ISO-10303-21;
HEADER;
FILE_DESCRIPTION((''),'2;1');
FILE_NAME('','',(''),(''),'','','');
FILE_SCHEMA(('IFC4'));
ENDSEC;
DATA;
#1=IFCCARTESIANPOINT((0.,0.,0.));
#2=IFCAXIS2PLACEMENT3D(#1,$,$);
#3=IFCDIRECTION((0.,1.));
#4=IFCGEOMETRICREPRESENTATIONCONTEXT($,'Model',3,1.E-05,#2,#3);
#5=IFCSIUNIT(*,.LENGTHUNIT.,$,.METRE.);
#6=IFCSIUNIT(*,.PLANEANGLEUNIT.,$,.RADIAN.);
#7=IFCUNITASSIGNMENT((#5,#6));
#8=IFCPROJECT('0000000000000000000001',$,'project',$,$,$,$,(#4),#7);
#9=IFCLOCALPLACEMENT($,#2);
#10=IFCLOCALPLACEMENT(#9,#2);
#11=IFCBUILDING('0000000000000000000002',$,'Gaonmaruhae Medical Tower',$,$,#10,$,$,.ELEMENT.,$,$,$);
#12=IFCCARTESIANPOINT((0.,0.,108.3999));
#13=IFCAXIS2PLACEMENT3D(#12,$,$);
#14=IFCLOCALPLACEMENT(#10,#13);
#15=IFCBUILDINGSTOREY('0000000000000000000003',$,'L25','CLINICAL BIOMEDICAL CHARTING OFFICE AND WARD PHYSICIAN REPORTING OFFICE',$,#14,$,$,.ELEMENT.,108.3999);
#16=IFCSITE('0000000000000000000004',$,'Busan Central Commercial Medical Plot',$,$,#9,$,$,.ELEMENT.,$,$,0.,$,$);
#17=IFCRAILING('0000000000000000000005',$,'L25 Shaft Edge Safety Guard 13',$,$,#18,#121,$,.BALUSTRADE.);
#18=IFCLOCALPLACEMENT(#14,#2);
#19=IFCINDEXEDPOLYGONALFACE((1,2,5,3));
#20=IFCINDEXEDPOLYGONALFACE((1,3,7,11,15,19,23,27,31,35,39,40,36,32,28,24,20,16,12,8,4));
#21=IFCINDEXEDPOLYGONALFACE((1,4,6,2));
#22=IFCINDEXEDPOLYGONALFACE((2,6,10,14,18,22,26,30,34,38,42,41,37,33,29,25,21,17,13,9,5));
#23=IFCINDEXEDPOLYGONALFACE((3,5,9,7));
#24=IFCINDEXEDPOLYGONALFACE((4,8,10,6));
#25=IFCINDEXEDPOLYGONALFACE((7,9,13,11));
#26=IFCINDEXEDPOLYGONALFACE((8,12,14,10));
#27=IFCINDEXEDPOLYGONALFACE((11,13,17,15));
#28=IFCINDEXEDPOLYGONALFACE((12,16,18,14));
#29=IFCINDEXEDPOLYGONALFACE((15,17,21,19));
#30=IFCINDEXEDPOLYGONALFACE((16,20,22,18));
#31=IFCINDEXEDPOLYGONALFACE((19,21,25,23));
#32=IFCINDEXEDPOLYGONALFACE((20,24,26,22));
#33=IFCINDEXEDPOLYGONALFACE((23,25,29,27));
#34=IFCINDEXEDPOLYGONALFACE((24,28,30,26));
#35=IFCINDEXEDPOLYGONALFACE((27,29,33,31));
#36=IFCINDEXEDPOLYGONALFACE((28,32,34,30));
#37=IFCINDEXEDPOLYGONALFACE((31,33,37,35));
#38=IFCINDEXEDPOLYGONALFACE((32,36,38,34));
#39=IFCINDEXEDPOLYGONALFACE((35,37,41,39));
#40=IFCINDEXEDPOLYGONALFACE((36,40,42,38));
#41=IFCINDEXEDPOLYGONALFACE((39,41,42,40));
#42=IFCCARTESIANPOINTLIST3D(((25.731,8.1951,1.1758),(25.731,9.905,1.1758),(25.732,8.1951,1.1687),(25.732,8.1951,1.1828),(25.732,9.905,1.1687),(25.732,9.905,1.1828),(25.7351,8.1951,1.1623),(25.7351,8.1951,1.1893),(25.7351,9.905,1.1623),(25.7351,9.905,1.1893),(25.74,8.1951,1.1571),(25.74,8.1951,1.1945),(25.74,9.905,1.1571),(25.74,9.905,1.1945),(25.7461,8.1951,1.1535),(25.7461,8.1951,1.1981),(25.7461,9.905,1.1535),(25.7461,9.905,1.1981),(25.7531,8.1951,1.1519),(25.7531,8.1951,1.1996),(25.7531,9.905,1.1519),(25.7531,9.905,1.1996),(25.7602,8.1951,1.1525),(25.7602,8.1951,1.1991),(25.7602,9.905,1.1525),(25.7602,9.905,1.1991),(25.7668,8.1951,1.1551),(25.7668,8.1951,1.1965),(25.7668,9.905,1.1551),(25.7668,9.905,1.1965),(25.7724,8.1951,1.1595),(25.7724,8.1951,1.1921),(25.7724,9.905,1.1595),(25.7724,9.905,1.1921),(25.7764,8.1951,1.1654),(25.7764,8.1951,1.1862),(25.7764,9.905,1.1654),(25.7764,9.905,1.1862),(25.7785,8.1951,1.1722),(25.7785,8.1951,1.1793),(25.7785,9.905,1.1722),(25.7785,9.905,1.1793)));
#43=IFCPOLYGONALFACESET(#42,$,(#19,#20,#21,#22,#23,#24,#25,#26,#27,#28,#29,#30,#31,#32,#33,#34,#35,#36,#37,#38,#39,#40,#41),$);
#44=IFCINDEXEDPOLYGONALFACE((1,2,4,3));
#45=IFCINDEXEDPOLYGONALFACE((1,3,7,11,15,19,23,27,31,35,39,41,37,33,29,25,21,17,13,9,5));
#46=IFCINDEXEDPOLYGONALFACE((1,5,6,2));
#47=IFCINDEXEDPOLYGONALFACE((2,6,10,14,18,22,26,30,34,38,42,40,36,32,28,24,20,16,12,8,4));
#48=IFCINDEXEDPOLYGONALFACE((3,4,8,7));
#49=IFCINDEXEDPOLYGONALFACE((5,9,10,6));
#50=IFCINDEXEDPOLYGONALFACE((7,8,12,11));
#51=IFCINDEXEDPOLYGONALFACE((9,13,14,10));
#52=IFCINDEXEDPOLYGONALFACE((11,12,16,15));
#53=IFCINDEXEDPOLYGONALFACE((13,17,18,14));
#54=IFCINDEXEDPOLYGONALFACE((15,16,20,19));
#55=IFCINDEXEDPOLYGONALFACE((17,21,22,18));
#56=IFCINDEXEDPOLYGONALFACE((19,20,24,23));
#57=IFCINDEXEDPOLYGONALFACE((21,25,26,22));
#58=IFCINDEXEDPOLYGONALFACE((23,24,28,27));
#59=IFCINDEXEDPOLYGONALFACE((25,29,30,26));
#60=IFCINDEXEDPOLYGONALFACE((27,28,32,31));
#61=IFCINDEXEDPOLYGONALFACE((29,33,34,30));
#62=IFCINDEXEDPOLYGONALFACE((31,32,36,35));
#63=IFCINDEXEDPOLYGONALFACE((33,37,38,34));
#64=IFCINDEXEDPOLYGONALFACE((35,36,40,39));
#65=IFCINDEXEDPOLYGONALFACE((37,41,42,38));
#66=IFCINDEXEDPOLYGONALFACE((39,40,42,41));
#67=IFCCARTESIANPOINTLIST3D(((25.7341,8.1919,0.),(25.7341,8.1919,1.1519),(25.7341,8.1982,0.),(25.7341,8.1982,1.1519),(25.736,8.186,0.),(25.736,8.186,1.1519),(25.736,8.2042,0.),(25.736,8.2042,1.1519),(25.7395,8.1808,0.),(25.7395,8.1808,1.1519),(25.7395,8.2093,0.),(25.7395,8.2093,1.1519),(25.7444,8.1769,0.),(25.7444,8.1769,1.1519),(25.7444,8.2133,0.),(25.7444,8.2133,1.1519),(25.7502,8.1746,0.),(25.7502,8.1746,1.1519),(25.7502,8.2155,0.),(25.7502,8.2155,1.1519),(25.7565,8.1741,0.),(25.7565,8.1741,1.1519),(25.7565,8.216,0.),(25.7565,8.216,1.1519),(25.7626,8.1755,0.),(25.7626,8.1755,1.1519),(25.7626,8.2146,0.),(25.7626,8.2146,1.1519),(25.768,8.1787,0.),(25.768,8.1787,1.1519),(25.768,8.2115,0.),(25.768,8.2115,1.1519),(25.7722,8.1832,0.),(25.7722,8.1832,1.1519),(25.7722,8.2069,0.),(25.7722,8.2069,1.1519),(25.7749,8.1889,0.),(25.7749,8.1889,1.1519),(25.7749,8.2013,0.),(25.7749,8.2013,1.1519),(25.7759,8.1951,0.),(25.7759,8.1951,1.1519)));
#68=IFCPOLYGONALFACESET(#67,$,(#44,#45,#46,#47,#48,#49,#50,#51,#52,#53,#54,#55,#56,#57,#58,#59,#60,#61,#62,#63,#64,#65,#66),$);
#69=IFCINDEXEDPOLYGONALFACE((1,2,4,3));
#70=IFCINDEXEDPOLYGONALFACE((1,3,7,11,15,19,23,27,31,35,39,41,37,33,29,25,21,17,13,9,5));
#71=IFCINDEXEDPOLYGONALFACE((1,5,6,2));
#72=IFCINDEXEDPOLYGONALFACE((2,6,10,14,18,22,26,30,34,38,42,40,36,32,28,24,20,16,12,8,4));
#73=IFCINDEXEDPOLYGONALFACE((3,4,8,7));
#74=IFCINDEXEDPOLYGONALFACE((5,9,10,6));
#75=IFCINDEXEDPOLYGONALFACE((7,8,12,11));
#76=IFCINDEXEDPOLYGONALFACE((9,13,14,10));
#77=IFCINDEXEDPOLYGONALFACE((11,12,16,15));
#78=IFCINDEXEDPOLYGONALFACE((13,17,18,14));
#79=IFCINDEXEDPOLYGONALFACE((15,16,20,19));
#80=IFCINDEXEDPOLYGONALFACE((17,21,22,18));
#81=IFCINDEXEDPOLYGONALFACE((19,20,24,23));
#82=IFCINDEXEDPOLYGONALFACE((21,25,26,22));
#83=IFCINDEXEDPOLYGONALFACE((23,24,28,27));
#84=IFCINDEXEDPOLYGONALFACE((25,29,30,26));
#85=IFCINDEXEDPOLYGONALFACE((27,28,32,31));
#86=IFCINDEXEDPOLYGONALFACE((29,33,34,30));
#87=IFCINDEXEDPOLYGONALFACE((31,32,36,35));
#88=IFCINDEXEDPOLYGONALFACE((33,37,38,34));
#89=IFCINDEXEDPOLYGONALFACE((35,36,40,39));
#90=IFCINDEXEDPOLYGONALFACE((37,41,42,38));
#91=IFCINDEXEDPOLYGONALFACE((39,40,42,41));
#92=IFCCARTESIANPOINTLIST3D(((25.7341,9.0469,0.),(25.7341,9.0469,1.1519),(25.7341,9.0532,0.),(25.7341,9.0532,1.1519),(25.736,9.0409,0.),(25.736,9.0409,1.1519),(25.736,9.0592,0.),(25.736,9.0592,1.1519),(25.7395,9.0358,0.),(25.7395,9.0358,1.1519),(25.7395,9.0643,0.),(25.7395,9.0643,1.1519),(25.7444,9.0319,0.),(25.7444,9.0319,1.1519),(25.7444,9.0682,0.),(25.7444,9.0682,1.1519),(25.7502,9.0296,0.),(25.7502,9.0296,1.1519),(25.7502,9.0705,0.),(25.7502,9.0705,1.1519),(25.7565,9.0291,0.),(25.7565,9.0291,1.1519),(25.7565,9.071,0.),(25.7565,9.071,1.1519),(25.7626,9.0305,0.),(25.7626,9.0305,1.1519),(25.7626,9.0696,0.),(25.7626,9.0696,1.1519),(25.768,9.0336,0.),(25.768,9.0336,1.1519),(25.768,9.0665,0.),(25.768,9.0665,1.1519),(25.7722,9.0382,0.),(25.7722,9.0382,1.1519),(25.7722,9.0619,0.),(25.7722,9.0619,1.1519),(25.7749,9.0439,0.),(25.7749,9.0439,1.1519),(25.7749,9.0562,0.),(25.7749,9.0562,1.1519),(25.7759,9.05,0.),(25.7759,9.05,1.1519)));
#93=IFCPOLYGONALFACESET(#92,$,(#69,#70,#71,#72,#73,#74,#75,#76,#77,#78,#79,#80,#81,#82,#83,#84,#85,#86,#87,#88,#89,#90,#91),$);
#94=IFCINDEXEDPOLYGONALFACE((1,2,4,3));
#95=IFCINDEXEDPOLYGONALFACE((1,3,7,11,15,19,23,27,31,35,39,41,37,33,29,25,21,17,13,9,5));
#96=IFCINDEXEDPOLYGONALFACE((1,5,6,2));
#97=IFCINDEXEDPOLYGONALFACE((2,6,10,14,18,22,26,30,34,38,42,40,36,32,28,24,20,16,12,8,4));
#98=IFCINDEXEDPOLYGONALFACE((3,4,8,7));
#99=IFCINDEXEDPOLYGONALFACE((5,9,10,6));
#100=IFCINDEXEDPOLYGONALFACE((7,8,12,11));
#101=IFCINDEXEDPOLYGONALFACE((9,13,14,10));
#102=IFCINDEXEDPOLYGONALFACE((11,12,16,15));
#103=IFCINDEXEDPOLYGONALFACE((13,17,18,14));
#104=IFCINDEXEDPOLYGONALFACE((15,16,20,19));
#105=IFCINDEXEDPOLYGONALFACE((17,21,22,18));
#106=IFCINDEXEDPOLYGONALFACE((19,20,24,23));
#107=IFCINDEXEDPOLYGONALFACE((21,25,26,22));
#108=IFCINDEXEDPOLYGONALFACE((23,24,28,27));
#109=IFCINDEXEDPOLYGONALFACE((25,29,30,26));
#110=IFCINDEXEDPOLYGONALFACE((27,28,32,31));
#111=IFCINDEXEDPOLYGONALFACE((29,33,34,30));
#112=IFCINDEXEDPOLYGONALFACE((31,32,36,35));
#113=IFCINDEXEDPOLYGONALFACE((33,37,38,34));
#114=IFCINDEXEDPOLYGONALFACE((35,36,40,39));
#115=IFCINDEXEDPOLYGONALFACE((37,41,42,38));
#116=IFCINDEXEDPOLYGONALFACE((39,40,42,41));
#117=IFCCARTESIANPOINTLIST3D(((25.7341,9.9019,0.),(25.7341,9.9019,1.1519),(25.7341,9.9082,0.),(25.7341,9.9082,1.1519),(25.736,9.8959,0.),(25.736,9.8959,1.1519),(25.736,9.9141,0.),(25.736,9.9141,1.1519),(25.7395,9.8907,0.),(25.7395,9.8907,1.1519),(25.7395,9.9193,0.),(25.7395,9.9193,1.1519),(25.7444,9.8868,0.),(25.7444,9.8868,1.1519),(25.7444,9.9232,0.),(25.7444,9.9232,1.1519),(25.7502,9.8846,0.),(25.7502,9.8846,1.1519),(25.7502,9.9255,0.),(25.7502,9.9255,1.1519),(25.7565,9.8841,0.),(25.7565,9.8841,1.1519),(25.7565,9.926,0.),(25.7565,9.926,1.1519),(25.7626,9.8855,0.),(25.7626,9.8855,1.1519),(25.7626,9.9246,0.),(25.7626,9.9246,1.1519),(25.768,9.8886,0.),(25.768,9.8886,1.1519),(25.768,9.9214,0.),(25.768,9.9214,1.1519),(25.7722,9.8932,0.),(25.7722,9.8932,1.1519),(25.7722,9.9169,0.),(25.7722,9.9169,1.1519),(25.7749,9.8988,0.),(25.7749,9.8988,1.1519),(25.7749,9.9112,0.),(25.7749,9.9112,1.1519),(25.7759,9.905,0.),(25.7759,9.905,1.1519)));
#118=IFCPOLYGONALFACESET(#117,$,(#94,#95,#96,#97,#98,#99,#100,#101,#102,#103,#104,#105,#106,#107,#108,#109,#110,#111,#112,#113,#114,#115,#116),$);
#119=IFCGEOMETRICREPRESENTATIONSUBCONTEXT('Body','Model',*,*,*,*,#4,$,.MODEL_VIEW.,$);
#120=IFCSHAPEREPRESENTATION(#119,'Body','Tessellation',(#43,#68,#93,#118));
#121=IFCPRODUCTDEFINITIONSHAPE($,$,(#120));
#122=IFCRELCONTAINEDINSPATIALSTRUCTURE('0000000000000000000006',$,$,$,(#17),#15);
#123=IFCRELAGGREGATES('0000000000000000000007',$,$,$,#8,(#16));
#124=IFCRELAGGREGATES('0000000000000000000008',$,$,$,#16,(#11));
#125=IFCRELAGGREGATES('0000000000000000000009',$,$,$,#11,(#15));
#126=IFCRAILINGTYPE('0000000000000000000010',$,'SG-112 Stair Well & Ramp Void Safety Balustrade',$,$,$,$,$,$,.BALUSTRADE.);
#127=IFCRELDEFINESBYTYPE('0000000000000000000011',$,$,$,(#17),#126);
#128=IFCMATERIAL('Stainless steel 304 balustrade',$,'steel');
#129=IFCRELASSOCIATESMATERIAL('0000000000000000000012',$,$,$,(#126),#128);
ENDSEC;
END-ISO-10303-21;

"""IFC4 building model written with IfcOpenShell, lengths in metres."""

from ifc_helpers import new_model, si_unit, direction, frame, origin, origin_2d, place, context, subcontext, project, spatial, circle, extrude, material, type_object, element, save


model = new_model("IFC4")

# Units and contexts
model_context = context("Model", 3, precision=1e-05, world=origin(), true_north=direction((0.0, 1.0)))
body_context = subcontext(model_context, "Body", "Model", "MODEL_VIEW")
ifc_project = project(units=[si_unit("LENGTHUNIT", "METRE"), si_unit("PLANEANGLEUNIT", "RADIAN")], contexts=[model_context])

# Site, building, storey
site_placement = place(None, origin())
site = spatial("IfcSite", under=ifc_project, at=site_placement, Name="Busan Central Commercial Medical Plot", CompositionType="ELEMENT", RefElevation=0.0)
building_placement = place(site_placement, origin())
building = spatial("IfcBuilding", under=site, at=building_placement, Name="Gaonmaruhae Medical Tower", CompositionType="ELEMENT")
storey_placement = place(building_placement, frame((0.0, 0.0, 108.3999)))
storey = spatial("IfcBuildingStorey", under=building, at=storey_placement, Name="L25", Description="CLINICAL BIOMEDICAL CHARTING OFFICE AND WARD PHYSICIAN REPORTING OFFICE", CompositionType="ELEMENT", Elevation=108.3999)

# Railing
ifc_material_1 = material(Name="Stainless steel 304 balustrade", Category="steel")
railing_type_1 = type_object("IfcRailingType", Name="SG-112 Stair Well & Ramp Void Safety Balustrade", PredefinedType="BALUSTRADE", material=ifc_material_1)
railing_1_placement = place(storey_placement, frame((25.7549, 8.1951, 0.0)))
element("IfcRailing", 1, at=railing_1_placement, inside=storey, type_object=railing_type_1, Name="L25 Shaft Edge Safety Guard 13", PredefinedType="BALUSTRADE", context=body_context, shape_type="SweptSolid", body=[
    extrude(circle(Radius=0.0239, at=origin_2d()), frame((0.0, 0.0, 1.1758), z_axis=(0.0, 1.0, 0.0), x_axis=(-1.0, 0.0, 0.0)), (0.0, 0.0, 1.0), 1.71),
    extrude(circle(Radius=0.021, at=origin_2d()), origin(), (0.0, 0.0, 1.0), 1.1519),
    extrude(circle(Radius=0.021, at=origin_2d()), frame((0.0, 0.855, 0.0)), (0.0, 0.0, 1.0), 1.1519),
    extrude(circle(Radius=0.021, at=origin_2d()), frame((0.0, 1.71, 0.0)), (0.0, 0.0, 1.0), 1.1519),
])

save(model, "model.ifc")
